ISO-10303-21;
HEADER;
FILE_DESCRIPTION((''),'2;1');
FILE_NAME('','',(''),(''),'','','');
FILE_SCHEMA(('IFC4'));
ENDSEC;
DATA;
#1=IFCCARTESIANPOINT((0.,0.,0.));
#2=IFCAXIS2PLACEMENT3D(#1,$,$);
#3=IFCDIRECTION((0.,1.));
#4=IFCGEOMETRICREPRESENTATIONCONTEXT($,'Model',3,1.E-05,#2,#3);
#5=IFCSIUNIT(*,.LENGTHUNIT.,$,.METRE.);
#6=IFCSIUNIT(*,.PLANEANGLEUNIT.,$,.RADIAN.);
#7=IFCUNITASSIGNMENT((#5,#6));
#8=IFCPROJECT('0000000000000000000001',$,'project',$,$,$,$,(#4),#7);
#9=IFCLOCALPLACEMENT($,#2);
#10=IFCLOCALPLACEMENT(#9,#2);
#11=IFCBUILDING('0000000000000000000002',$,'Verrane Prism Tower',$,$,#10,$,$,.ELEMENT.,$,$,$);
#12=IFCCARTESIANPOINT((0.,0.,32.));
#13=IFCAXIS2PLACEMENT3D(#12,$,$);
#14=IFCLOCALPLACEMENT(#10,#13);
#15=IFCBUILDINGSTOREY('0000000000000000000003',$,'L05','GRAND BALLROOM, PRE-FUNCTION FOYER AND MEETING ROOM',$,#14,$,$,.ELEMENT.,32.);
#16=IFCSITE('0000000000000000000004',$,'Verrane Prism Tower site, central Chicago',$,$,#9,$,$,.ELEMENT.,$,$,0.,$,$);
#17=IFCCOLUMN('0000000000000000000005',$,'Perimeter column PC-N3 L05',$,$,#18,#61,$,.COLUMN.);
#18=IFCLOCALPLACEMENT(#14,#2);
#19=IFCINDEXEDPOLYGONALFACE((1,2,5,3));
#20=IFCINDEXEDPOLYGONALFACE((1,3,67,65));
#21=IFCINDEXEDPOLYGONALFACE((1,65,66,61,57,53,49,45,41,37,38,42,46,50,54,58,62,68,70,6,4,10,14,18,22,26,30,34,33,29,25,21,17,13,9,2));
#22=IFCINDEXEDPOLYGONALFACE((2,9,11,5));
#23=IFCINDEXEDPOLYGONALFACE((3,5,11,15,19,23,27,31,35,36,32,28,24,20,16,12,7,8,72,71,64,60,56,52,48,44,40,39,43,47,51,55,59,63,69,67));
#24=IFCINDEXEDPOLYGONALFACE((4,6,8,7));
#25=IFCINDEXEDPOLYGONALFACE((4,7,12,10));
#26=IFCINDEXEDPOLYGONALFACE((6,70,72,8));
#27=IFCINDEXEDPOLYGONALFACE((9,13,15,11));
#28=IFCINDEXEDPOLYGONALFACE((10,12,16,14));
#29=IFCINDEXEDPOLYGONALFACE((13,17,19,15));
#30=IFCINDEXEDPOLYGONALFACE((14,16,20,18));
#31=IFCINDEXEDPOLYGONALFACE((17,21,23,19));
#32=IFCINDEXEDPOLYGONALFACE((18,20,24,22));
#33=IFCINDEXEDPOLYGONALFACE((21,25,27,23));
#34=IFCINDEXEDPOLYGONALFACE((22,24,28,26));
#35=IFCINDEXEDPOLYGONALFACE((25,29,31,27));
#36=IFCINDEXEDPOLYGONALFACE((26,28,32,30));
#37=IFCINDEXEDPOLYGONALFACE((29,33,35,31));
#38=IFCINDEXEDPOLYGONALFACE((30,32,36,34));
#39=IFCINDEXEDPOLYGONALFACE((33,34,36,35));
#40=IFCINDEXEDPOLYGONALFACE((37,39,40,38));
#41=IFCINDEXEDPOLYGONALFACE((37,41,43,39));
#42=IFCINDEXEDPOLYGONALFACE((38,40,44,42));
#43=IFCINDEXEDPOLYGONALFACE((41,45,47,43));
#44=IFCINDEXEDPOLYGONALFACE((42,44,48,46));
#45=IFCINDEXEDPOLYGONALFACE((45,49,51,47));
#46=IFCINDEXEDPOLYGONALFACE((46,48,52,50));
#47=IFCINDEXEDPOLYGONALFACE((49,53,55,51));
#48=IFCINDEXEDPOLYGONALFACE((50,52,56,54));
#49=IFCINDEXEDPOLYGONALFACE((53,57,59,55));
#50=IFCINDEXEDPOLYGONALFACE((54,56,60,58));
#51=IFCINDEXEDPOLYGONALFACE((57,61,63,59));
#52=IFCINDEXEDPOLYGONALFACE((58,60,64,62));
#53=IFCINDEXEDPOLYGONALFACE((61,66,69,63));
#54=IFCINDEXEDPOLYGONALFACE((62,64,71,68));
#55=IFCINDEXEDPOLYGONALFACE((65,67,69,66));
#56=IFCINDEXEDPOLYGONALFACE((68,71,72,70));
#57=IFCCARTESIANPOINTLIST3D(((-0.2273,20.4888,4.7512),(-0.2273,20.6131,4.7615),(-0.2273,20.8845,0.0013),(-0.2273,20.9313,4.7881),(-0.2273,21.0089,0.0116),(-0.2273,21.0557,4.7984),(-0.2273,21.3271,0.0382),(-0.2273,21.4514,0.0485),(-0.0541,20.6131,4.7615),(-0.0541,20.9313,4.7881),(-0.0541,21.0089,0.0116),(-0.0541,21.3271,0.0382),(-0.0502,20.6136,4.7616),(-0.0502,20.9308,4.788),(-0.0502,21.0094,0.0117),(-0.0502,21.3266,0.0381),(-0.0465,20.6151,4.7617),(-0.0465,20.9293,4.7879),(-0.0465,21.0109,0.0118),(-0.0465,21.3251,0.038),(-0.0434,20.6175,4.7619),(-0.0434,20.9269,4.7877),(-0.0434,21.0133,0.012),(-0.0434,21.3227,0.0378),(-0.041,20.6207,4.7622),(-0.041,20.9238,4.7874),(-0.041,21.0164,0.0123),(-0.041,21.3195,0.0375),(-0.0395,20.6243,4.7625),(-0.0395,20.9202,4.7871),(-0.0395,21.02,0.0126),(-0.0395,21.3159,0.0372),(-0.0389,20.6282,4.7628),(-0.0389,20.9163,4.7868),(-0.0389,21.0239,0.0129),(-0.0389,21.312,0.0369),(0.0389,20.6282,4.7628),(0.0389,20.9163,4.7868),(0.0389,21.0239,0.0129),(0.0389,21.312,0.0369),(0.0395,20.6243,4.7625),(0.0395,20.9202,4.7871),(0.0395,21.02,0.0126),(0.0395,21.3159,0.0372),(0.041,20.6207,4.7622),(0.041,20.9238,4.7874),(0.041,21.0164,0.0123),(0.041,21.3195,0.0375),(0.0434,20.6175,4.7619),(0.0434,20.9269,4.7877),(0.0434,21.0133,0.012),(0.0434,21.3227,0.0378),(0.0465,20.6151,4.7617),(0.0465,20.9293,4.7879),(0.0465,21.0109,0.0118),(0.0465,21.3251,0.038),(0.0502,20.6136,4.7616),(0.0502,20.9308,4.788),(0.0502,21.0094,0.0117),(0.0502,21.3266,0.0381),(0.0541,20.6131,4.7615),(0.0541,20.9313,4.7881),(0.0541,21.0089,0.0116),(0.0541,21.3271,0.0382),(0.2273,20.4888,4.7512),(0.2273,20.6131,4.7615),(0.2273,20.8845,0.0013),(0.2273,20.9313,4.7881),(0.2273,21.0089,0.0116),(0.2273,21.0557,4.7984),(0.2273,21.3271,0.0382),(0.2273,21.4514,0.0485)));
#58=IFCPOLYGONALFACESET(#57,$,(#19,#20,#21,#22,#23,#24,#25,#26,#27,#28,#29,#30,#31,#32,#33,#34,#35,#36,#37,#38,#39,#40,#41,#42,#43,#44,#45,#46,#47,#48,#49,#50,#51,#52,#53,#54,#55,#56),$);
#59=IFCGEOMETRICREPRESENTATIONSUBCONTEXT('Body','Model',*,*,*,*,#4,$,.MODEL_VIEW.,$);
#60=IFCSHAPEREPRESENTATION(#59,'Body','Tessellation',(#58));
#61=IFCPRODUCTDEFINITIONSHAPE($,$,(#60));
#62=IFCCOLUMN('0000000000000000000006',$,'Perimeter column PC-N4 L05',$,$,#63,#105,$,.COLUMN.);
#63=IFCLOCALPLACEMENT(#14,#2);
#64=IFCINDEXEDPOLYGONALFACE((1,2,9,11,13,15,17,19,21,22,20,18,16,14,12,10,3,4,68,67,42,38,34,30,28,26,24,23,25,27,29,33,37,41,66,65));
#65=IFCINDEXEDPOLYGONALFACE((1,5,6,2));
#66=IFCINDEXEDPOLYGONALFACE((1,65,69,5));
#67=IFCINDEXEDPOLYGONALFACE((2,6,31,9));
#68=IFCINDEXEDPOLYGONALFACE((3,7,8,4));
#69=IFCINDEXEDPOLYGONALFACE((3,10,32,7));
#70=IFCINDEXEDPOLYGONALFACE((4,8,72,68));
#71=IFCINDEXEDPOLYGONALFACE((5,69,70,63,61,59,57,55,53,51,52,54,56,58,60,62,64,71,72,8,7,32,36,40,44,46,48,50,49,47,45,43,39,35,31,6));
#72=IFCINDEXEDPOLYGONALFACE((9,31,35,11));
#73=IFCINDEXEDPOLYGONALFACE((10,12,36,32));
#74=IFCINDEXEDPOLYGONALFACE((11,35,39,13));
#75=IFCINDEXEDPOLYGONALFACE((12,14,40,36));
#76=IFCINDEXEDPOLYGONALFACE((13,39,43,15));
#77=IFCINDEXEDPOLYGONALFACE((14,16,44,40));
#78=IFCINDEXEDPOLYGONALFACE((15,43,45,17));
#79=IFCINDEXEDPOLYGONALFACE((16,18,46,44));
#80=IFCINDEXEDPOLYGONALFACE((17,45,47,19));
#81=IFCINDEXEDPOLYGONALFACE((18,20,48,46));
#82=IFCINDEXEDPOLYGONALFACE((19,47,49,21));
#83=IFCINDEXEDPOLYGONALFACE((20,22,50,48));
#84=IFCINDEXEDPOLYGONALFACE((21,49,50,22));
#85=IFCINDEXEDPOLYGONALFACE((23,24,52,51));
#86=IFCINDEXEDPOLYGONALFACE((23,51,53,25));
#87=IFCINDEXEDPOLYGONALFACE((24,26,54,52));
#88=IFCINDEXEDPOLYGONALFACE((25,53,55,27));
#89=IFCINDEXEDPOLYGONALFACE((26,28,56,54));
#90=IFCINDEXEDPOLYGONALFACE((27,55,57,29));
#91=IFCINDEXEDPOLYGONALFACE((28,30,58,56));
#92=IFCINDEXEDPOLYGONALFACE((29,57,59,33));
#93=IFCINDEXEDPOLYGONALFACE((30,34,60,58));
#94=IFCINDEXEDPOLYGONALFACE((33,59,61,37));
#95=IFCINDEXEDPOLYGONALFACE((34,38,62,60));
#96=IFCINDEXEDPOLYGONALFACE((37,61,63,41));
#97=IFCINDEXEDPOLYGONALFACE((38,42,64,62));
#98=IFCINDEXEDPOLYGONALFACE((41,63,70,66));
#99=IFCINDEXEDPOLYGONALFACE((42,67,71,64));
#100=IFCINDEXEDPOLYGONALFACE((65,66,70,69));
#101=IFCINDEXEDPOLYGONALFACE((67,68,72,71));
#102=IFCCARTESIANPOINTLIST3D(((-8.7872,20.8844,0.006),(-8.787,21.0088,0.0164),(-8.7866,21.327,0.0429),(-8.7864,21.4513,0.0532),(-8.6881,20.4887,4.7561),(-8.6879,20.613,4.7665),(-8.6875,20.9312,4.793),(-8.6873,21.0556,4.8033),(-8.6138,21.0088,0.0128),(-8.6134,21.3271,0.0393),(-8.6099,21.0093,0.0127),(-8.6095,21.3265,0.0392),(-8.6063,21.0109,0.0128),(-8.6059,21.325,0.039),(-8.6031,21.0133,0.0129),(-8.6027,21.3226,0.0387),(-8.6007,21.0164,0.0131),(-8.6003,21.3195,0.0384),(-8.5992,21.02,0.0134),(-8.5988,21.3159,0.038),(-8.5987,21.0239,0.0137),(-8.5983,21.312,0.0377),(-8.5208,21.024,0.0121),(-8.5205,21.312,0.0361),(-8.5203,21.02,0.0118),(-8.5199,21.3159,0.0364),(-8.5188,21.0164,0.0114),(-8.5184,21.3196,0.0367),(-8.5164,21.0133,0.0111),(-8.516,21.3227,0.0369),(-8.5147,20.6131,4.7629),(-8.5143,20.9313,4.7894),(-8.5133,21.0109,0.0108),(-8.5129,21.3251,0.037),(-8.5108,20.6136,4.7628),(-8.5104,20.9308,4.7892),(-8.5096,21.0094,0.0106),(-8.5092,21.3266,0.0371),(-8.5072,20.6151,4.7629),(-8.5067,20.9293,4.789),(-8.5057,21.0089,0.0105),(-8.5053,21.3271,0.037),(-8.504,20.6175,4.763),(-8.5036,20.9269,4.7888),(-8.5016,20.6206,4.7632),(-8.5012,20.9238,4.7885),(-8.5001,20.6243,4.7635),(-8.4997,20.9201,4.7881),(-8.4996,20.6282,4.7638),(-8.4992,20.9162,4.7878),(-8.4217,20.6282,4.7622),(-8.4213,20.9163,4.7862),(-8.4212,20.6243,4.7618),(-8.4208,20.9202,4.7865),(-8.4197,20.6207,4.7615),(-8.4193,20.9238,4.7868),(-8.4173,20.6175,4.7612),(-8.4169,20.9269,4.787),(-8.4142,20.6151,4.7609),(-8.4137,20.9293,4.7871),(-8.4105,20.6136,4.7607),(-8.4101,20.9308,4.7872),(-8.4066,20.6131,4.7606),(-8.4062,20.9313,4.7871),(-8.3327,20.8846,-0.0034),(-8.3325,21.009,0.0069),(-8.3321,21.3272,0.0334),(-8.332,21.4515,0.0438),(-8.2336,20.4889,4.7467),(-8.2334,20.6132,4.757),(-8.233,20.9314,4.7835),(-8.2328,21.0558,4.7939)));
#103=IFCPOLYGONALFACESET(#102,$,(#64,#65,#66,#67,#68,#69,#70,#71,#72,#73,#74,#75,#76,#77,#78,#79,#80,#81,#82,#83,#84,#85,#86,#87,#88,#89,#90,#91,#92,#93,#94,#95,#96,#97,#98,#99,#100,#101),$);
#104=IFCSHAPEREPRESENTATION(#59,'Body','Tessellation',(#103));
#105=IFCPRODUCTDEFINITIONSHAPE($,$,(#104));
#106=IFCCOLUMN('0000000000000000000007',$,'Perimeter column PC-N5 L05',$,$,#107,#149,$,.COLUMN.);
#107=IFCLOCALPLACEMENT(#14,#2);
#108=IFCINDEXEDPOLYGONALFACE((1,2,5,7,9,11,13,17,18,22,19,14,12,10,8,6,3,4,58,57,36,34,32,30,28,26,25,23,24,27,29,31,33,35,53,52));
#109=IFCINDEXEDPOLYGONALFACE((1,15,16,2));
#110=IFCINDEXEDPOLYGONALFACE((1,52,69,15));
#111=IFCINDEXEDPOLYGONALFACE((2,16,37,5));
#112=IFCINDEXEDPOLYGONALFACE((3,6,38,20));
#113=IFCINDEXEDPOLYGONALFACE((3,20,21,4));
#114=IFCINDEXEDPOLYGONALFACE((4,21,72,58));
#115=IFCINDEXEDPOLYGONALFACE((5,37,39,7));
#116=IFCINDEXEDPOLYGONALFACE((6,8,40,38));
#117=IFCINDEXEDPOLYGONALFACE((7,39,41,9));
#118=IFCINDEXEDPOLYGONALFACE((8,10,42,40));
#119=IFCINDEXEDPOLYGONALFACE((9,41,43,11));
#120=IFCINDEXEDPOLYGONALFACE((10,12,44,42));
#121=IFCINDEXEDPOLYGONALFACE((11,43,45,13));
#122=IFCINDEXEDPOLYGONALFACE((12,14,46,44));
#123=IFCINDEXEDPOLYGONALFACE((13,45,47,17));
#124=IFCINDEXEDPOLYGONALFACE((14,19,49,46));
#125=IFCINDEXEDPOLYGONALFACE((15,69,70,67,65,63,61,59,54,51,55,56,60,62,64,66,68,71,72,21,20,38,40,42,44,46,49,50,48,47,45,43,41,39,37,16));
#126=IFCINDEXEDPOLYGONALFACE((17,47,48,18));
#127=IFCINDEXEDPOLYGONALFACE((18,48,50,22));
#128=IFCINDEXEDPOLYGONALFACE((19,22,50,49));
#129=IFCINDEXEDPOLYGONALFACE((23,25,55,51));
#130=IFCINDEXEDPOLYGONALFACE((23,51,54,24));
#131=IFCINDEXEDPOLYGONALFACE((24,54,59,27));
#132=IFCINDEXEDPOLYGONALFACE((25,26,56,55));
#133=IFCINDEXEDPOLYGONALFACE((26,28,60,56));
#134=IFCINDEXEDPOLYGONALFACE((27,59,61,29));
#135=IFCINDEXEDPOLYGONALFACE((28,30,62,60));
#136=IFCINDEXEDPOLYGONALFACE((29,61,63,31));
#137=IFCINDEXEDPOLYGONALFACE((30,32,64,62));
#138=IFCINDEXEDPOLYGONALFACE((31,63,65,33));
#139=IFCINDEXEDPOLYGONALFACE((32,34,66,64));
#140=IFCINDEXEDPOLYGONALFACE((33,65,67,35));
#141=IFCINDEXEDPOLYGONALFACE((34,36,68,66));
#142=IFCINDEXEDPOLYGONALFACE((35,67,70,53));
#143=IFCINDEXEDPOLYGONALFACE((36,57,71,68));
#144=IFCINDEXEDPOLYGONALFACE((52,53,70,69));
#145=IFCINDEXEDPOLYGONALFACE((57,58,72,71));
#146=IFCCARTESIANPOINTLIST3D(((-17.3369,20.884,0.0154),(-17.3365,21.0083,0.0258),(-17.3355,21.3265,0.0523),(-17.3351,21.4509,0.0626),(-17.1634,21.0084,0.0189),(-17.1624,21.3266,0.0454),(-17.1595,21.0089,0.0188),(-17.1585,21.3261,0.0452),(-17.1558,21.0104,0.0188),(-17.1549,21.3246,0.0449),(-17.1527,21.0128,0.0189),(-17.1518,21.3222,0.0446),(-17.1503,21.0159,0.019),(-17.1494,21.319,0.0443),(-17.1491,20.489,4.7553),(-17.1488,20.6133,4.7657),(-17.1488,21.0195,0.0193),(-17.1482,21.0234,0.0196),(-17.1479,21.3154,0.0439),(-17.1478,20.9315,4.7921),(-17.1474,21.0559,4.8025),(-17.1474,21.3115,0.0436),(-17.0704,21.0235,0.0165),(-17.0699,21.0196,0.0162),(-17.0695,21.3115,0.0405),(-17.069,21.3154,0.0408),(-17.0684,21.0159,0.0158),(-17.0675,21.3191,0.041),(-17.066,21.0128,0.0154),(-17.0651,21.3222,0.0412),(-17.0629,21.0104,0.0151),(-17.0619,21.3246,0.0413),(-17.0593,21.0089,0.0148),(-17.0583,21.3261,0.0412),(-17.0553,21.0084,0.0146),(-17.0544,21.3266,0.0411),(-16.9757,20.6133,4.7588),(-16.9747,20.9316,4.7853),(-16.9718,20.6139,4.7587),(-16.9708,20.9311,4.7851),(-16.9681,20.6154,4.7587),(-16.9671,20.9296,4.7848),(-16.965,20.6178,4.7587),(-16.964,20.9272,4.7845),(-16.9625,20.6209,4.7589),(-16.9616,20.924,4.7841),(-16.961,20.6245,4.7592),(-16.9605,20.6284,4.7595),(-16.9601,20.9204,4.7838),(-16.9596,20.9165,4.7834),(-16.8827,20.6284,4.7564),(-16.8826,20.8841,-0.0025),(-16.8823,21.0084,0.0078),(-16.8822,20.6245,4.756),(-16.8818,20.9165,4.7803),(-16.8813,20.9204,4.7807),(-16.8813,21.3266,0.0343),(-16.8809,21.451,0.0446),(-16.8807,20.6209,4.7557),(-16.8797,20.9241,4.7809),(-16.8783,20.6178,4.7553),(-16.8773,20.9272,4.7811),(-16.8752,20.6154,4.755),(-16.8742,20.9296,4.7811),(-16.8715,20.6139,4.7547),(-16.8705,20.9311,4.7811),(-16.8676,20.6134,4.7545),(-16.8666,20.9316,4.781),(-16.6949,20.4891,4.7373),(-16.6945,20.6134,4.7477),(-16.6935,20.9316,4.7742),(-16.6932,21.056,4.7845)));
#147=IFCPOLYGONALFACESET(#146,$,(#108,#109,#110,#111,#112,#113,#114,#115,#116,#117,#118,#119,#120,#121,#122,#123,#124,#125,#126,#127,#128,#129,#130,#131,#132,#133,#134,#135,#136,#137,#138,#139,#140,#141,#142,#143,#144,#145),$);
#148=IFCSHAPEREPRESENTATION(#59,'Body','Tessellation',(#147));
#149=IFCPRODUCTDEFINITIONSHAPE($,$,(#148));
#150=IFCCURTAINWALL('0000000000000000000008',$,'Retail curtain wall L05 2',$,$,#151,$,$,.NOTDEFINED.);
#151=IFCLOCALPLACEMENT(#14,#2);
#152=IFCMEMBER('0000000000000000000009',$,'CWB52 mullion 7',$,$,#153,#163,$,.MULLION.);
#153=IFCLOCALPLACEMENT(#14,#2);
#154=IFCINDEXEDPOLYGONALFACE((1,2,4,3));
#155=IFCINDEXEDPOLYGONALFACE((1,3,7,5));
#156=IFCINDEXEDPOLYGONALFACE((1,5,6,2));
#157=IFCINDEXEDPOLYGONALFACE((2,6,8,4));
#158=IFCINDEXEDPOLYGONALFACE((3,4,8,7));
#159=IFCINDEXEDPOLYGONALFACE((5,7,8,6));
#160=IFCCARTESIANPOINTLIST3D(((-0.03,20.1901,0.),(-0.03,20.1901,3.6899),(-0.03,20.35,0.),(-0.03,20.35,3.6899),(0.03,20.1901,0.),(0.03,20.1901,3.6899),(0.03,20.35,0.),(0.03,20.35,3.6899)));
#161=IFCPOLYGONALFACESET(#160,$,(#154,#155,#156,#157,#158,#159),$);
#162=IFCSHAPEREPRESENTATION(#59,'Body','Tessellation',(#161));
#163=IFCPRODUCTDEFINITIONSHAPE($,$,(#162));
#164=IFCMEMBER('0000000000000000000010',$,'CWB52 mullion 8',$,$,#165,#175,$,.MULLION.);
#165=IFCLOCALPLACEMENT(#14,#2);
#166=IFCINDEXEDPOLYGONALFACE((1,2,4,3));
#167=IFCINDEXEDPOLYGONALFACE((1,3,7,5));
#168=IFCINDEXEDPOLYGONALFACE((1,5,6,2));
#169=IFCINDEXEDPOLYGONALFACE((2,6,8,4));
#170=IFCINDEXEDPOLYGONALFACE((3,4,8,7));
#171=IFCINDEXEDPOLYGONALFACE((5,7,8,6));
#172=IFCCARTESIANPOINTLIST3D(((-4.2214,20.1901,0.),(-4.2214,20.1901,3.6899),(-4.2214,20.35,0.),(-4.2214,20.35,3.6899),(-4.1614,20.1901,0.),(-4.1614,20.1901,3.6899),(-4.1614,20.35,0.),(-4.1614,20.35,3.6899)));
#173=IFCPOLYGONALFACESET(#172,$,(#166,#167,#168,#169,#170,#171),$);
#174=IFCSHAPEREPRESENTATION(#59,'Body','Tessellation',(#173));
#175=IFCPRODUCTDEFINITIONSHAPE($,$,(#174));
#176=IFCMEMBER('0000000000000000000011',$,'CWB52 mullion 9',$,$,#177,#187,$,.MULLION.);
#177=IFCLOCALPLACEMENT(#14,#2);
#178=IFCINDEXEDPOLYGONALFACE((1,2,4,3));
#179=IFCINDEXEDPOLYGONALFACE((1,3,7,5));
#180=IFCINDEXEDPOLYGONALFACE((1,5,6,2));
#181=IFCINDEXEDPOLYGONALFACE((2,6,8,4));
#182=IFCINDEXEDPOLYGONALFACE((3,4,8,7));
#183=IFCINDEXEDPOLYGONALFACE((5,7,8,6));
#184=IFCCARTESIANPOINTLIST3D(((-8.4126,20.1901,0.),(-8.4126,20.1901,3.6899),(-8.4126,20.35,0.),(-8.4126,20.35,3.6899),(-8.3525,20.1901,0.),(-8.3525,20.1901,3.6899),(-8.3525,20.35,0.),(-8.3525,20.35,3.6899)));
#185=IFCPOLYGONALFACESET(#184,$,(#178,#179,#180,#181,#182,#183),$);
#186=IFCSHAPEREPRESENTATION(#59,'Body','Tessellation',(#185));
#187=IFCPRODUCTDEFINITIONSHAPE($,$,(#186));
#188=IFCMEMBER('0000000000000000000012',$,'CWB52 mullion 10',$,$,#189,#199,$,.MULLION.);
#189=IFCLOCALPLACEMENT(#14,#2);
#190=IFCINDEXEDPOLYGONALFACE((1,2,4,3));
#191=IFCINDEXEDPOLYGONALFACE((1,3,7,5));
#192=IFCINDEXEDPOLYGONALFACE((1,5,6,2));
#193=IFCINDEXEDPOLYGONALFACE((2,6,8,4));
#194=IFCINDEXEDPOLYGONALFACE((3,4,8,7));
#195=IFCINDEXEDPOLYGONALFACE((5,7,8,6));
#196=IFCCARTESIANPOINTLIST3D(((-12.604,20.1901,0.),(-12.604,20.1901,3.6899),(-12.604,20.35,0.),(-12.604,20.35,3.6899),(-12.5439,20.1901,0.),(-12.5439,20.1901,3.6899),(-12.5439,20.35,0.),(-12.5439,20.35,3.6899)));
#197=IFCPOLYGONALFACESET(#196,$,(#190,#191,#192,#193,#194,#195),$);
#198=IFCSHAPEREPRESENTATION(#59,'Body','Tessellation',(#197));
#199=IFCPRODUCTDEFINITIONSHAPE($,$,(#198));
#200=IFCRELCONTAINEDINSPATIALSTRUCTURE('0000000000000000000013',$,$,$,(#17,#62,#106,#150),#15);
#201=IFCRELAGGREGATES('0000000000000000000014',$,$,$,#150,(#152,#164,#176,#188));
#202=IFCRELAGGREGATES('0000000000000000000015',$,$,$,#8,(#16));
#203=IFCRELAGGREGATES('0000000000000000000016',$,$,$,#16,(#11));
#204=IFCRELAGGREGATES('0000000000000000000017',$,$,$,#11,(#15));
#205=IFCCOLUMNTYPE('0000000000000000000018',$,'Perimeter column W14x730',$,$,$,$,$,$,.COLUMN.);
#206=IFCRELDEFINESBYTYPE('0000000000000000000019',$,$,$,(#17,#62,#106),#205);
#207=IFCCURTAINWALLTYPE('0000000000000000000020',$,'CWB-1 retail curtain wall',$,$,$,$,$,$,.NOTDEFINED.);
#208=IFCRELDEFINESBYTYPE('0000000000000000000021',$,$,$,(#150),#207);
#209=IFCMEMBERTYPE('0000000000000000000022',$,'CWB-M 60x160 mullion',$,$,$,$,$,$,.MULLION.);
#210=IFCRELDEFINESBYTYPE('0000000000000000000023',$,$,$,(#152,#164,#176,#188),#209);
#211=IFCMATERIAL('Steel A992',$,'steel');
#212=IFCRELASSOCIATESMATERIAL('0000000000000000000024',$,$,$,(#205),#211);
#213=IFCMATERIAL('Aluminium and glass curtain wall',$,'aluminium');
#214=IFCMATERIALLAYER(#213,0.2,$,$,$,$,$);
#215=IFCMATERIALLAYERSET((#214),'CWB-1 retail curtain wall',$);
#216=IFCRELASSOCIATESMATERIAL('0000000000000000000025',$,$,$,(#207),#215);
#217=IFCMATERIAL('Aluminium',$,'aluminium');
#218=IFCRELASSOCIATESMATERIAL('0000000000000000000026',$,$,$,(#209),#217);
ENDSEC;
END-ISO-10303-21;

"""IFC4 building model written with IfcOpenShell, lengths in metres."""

from ifc_helpers import new_model, si_unit, direction, frame, origin, origin_2d, place, context, subcontext, project, spatial, rectangle, i_section, extrude, material, layer, layer_set, material_profile, profile_set, type_object, element, aggregate, save


model = new_model("IFC4")

# Units and contexts
model_context = context("Model", 3, precision=1e-05, world=origin(), true_north=direction((0.0, 1.0)))
body_context = subcontext(model_context, "Body", "Model", "MODEL_VIEW")
ifc_project = project(units=[si_unit("LENGTHUNIT", "METRE"), si_unit("PLANEANGLEUNIT", "RADIAN")], contexts=[model_context])

# Site, building, storey
site_placement = place(None, origin())
site = spatial("IfcSite", under=ifc_project, at=site_placement, Name="Verrane Prism Tower site, central Chicago", CompositionType="ELEMENT", RefElevation=0.0)
building_placement = place(site_placement, origin())
building = spatial("IfcBuilding", under=site, at=building_placement, Name="Verrane Prism Tower", CompositionType="ELEMENT")
storey_placement = place(building_placement, frame((0.0, 0.0, 32.0)))
storey = spatial("IfcBuildingStorey", under=building, at=storey_placement, Name="L05", Description="GRAND BALLROOM, PRE-FUNCTION FOYER AND MEETING ROOM", CompositionType="ELEMENT", Elevation=32.0)

# Columns
ifc_material_1 = material(Name="Steel A992", Category="steel")
ifc_material_profile_1 = material_profile(ifc_material_1, i_section(OverallWidth=0.4546, OverallDepth=0.5688, WebThickness=0.0779, FlangeThickness=0.1248, FilletRadius=0.0151, at=origin_2d()), Name="W14x730")
ifc_profile_set_1 = profile_set([ifc_material_profile_1], Name="Steel A992")
column_type = type_object("IfcColumnType", Name="Perimeter column W14x730", PredefinedType="COLUMN", material=ifc_profile_set_1)
column_1_placement = place(storey_placement, frame((0.0, 21.168, 0.0249), z_axis=(0.0, -0.083029, 0.996547), x_axis=(1.0, 0.0, 0.0)))
element("IfcColumn", 1, at=column_1_placement, inside=storey, type_object=column_type, Name="Perimeter column PC-N3 L05", PredefinedType="COLUMN", context=body_context, shape_type="SweptSolid", body=[
    extrude(i_section(OverallWidth=0.4546, OverallDepth=0.5688, WebThickness=0.0779, FlangeThickness=0.1248, FilletRadius=0.0151, at=origin_2d()), origin(), (0.0, 0.0, 1.0), 4.7664),
])
column_2_placement = place(storey_placement, frame((-8.5596, 21.168, 0.0249), z_axis=(0.020791, -0.083011, 0.996332), x_axis=(0.999783, 0.000435, -0.020827)))
element("IfcColumn", 2, at=column_2_placement, inside=storey, type_object=column_type, Name="Perimeter column PC-N4 L05", PredefinedType="COLUMN", context=body_context, shape_type="SweptSolid", body=[
    extrude(i_section(OverallWidth=0.4546, OverallDepth=0.5688, WebThickness=0.0779, FlangeThickness=0.1248, FilletRadius=0.0151, at=origin_2d()), origin(), (0.0, 0.0, 1.0), 4.7676),
])
column_3_placement = place(storey_placement, frame((-17.1089, 21.1675, 0.03), z_axis=(0.039441, -0.082985, 0.99577), x_axis=(0.999217, 0.000228, -0.039559)))
element("IfcColumn", 3, at=column_3_placement, inside=storey, type_object=column_type, Name="Perimeter column PC-N5 L05", PredefinedType="COLUMN", context=body_context, shape_type="SweptSolid", body=[
    extrude(i_section(OverallWidth=0.4546, OverallDepth=0.5688, WebThickness=0.0779, FlangeThickness=0.1248, FilletRadius=0.0151, at=origin_2d()), origin(), (0.0, 0.0, 1.0), 4.76),
])

# Curtain wall, members
ifc_material_2 = material(Name="Aluminium and glass curtain wall", Category="aluminium")
ifc_layer_1 = layer(ifc_material_2, 0.2)
ifc_layer_set_1 = layer_set([ifc_layer_1], Name="CWB-1 retail curtain wall")
curtain_wall_type = type_object("IfcCurtainWallType", Name="CWB-1 retail curtain wall", PredefinedType="NOTDEFINED", material=ifc_layer_set_1)
curtain_wall_placement = place(storey_placement, origin())
curtain_wall = element("IfcCurtainWall", 4, at=curtain_wall_placement, inside=storey, type_object=curtain_wall_type, Name="Retail curtain wall L05 2", PredefinedType="NOTDEFINED")
ifc_material_3 = material(Name="Aluminium", Category="aluminium")
ifc_material_profile_2 = material_profile(ifc_material_3, rectangle(XDim=0.1599, YDim=0.0601, at=origin_2d()), Name="CWB-M 60x160 mullion")
ifc_profile_set_2 = profile_set([ifc_material_profile_2], Name="Aluminium")
member_type_1 = type_object("IfcMemberType", Name="CWB-M 60x160 mullion", PredefinedType="MULLION", material=ifc_profile_set_2)
member_1_placement = place(storey_placement, frame((0.0, 20.27, 0.0), z_axis=(0.0, 0.0, 1.0), x_axis=(0.0, -1.0, 0.0)))
member_1 = element("IfcMember", 5, at=member_1_placement, type_object=member_type_1, Name="CWB52 mullion 7", PredefinedType="MULLION", context=body_context, shape_type="SweptSolid", body=[
    extrude(rectangle(XDim=0.1599, YDim=0.0601, at=origin_2d()), origin(), (0.0, 0.0, 1.0), 3.6899),
])
member_2_placement = place(storey_placement, frame((-4.1914, 20.27, 0.0), z_axis=(0.0, 0.0, 1.0), x_axis=(0.0, -1.0, 0.0)))
member_2 = element("IfcMember", 6, at=member_2_placement, type_object=member_type_1, Name="CWB52 mullion 8", PredefinedType="MULLION", context=body_context, shape_type="SweptSolid", body=[
    extrude(rectangle(XDim=0.1599, YDim=0.0601, at=origin_2d()), origin(), (0.0, 0.0, 1.0), 3.6899),
])
member_3_placement = place(storey_placement, frame((-8.3826, 20.27, 0.0), z_axis=(0.0, 0.0, 1.0), x_axis=(0.0, -1.0, 0.0)))
member_3 = element("IfcMember", 7, at=member_3_placement, type_object=member_type_1, Name="CWB52 mullion 9", PredefinedType="MULLION", context=body_context, shape_type="SweptSolid", body=[
    extrude(rectangle(XDim=0.1599, YDim=0.0601, at=origin_2d()), origin(), (0.0, 0.0, 1.0), 3.6899),
])
member_4_placement = place(storey_placement, frame((-12.574, 20.27, 0.0), z_axis=(0.0, 0.0, 1.0), x_axis=(0.0, -1.0, 0.0)))
member_4 = element("IfcMember", 8, at=member_4_placement, type_object=member_type_1, Name="CWB52 mullion 10", PredefinedType="MULLION", context=body_context, shape_type="SweptSolid", body=[
    extrude(rectangle(XDim=0.1599, YDim=0.0601, at=origin_2d()), origin(), (0.0, 0.0, 1.0), 3.6899),
])

aggregate(curtain_wall, [member_1, member_2, member_3, member_4])

save(model, "model.ifc")
